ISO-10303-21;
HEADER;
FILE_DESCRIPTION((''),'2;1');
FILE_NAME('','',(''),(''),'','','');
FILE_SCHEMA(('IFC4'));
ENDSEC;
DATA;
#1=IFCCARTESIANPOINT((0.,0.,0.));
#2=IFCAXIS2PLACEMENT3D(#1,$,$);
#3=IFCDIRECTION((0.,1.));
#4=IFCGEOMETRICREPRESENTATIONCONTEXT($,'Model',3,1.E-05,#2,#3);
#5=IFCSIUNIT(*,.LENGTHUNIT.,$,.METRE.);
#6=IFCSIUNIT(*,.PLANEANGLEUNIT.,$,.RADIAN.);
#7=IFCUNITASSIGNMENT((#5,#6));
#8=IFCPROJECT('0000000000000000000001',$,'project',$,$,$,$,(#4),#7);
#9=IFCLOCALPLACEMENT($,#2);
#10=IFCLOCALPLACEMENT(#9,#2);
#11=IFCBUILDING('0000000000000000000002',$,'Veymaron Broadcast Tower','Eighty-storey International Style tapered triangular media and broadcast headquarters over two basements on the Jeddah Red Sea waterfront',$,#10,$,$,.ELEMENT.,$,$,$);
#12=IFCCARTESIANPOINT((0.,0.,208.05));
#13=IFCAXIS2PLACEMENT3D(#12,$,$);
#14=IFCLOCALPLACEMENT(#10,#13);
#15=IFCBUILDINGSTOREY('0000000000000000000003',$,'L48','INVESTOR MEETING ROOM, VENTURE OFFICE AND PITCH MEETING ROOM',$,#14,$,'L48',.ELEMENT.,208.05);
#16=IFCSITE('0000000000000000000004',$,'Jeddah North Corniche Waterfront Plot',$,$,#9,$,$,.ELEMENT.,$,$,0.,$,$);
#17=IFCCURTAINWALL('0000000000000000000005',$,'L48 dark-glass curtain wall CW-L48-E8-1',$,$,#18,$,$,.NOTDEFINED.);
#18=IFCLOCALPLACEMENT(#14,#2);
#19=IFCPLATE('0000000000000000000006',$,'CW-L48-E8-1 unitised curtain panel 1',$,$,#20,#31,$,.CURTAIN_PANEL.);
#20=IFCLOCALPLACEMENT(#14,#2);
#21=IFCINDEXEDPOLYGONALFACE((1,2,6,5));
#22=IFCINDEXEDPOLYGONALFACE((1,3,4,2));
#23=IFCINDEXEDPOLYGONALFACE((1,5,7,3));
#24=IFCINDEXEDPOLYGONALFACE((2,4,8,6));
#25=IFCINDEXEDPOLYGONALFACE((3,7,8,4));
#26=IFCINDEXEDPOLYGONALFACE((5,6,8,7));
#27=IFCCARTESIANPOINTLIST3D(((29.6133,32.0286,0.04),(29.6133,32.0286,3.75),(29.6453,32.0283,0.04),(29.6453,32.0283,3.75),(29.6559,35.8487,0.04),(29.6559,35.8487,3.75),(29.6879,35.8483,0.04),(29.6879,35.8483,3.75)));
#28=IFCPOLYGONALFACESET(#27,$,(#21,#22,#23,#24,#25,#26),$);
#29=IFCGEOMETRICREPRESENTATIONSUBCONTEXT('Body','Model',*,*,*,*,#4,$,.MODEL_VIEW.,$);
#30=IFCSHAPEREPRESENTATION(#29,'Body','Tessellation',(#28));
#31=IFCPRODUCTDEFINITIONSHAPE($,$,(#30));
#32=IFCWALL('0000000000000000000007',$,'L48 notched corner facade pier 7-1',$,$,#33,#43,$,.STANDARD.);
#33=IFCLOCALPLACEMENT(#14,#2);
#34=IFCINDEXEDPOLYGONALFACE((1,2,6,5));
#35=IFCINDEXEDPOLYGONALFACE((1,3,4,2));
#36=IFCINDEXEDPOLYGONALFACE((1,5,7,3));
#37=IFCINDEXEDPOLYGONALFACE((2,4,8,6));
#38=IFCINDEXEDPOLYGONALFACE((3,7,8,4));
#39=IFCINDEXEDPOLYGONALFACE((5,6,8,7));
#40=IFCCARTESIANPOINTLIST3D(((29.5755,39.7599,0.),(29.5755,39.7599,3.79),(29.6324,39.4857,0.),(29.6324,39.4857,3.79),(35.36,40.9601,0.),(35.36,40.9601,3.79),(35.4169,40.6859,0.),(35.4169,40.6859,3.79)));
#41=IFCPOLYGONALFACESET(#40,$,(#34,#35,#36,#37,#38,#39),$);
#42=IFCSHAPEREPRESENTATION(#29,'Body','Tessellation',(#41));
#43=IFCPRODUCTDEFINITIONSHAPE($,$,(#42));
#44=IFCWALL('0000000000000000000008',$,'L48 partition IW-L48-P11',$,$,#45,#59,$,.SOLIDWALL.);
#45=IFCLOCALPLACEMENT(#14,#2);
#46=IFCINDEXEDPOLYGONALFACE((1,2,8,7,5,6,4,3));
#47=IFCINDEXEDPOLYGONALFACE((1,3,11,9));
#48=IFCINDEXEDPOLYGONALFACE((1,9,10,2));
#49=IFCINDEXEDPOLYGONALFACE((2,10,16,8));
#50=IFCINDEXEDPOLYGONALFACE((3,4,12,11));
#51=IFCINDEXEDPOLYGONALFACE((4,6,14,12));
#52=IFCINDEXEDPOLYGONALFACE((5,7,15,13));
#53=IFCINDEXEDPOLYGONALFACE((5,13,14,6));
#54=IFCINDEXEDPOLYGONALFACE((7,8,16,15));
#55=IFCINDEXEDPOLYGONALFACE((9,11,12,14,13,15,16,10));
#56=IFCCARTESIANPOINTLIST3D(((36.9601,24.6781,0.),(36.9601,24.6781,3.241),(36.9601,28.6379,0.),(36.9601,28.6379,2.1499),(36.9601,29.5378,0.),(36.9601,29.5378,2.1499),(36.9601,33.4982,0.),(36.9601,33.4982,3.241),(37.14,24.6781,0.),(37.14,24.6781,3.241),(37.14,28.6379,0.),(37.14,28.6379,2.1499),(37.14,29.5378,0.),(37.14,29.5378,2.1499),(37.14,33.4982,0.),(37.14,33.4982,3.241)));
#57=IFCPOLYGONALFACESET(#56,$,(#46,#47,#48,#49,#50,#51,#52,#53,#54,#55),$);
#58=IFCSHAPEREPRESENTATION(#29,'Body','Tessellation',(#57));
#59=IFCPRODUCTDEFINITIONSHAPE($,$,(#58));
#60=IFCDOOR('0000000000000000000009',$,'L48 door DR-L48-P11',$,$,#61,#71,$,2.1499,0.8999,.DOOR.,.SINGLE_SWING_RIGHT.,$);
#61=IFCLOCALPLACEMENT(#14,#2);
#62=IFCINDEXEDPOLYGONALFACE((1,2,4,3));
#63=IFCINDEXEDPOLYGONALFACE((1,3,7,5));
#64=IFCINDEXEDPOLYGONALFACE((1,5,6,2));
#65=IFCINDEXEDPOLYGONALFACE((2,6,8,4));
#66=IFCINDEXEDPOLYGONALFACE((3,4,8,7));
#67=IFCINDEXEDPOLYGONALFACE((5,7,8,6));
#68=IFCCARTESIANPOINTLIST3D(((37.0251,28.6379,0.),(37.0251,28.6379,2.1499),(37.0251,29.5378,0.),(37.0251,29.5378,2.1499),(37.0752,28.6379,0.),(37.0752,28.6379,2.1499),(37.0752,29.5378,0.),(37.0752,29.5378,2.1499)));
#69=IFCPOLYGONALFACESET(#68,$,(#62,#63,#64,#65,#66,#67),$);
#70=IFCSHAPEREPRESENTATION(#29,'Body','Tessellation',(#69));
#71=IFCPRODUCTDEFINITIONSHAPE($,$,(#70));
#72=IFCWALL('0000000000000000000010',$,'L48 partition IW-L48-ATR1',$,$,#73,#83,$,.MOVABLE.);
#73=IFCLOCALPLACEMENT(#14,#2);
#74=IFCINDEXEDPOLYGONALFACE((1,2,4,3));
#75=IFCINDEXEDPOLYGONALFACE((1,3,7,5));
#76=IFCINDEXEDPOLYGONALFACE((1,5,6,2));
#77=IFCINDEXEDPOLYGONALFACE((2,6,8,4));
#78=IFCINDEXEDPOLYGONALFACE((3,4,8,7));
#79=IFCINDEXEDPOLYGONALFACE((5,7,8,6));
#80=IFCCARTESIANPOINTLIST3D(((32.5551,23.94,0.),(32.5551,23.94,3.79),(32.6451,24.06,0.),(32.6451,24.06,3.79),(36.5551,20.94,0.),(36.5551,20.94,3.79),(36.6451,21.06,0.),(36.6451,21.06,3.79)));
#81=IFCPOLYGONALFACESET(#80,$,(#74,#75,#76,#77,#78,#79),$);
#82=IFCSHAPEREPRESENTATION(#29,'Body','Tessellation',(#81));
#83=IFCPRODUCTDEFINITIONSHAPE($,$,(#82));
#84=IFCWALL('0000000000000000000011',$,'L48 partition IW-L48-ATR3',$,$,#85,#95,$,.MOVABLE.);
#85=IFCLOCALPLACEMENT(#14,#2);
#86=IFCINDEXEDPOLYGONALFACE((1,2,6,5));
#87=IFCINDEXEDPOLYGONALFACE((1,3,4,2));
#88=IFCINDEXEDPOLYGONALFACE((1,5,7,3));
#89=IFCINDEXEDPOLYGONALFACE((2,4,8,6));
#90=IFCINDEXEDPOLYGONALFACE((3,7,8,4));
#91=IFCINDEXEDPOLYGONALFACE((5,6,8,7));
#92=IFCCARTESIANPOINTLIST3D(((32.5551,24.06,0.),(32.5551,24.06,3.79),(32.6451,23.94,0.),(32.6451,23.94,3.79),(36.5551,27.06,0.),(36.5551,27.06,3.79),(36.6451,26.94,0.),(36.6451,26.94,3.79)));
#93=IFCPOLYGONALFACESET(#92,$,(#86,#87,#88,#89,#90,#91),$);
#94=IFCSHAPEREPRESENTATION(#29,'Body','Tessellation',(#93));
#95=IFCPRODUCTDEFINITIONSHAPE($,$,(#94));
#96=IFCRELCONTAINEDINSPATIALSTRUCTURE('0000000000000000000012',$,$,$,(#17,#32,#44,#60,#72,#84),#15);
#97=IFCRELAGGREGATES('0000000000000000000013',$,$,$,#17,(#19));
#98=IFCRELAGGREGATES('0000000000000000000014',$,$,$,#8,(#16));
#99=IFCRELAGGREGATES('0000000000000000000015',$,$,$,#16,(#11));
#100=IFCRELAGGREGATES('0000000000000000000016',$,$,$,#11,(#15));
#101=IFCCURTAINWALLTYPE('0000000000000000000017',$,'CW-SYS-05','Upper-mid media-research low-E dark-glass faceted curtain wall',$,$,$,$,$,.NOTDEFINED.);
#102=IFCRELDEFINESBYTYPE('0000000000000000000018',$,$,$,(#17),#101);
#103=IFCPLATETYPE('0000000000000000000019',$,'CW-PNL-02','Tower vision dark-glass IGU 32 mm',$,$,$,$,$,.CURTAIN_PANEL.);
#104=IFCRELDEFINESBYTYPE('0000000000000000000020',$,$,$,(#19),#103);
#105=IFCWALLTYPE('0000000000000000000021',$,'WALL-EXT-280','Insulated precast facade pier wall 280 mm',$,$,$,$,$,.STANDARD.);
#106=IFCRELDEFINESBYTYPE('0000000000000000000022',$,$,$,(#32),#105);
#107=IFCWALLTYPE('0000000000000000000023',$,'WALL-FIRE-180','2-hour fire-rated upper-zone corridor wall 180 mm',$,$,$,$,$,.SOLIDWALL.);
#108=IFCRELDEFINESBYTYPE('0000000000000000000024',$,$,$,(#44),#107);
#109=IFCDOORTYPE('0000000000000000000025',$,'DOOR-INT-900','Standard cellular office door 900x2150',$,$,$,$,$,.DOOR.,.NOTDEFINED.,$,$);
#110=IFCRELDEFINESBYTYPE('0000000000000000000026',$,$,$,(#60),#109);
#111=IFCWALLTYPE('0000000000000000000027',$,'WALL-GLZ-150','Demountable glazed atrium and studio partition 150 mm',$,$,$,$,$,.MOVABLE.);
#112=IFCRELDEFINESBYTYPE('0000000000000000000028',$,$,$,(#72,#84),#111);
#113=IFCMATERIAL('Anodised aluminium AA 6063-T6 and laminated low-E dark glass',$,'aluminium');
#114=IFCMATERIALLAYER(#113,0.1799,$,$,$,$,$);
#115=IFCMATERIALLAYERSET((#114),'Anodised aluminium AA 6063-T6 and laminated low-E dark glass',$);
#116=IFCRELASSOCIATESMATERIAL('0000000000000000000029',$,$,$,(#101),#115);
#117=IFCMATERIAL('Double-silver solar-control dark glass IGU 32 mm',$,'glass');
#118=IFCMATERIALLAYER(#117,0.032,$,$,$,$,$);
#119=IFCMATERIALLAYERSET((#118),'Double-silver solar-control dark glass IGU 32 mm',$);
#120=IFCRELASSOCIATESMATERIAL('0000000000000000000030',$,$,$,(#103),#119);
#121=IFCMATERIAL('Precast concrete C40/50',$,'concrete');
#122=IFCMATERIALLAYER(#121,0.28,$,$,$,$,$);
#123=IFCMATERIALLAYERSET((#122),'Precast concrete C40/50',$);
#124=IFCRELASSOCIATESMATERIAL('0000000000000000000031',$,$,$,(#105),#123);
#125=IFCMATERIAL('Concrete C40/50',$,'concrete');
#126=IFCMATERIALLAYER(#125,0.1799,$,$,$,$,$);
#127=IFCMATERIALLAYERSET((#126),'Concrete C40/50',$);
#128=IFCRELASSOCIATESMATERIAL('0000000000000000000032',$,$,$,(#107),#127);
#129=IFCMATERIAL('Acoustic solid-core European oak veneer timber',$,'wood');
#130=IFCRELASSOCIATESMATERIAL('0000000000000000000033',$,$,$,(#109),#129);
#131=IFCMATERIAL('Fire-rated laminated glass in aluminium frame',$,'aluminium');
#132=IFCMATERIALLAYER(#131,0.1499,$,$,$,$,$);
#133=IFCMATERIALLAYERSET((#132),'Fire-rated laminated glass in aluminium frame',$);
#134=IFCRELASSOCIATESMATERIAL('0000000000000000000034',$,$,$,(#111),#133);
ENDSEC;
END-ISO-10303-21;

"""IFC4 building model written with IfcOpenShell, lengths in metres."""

from ifc_helpers import new_model, si_unit, direction, frame, frame_2d, origin, origin_2d, place, context, subcontext, project, spatial, rectangle, extrude, material, layer, layer_set, type_object, element, fill, aggregate, save


model = new_model("IFC4")

# Units and contexts
model_context = context("Model", 3, precision=1e-05, world=origin(), true_north=direction((0.0, 1.0)))
body_context = subcontext(model_context, "Body", "Model", "MODEL_VIEW")
ifc_project = project(units=[si_unit("LENGTHUNIT", "METRE"), si_unit("PLANEANGLEUNIT", "RADIAN")], contexts=[model_context])

# Site, building, storey
site_placement = place(None, origin())
site = spatial("IfcSite", under=ifc_project, at=site_placement, Name="Jeddah North Corniche Waterfront Plot", CompositionType="ELEMENT", RefElevation=0.0)
building_placement = place(site_placement, origin())
building = spatial("IfcBuilding", under=site, at=building_placement, Name="Veymaron Broadcast Tower", Description="Eighty-storey International Style tapered triangular media and broadcast headquarters over two basements on the Jeddah Red Sea waterfront", CompositionType="ELEMENT")
storey_placement = place(building_placement, frame((0.0, 0.0, 208.05)))
storey = spatial("IfcBuildingStorey", under=building, at=storey_placement, Name="L48", Description="INVESTOR MEETING ROOM, VENTURE OFFICE AND PITCH MEETING ROOM", LongName="L48", CompositionType="ELEMENT", Elevation=208.05)

# Curtain wall, plate
ifc_material_1 = material(Name="Anodised aluminium AA 6063-T6 and laminated low-E dark glass", Category="aluminium")
ifc_layer_1 = layer(ifc_material_1, 0.1799)
ifc_layer_set_1 = layer_set([ifc_layer_1], Name="Anodised aluminium AA 6063-T6 and laminated low-E dark glass")
curtain_wall_type = type_object("IfcCurtainWallType", Name="CW-SYS-05", Description="Upper-mid media-research low-E dark-glass faceted curtain wall", PredefinedType="NOTDEFINED", material=ifc_layer_set_1)
curtain_wall_placement = place(storey_placement, origin())
curtain_wall = element("IfcCurtainWall", 1, at=curtain_wall_placement, inside=storey, type_object=curtain_wall_type, Name="L48 dark-glass curtain wall CW-L48-E8-1", PredefinedType="NOTDEFINED")
ifc_material_2 = material(Name="Double-silver solar-control dark glass IGU 32 mm", Category="glass")
ifc_layer_2 = layer(ifc_material_2, 0.032)
ifc_layer_set_2 = layer_set([ifc_layer_2], Name="Double-silver solar-control dark glass IGU 32 mm")
plate_type = type_object("IfcPlateType", Name="CW-PNL-02", Description="Tower vision dark-glass IGU 32 mm", PredefinedType="CURTAIN_PANEL", material=ifc_layer_set_2)
plate_1_placement = place(storey_placement, frame((29.6506, 33.9385, 0.04), z_axis=(0.0, 0.0, 1.0), x_axis=(-0.011152, -0.999938, 0.0)))
plate_1 = element("IfcPlate", 2, at=plate_1_placement, type_object=plate_type, Name="CW-L48-E8-1 unitised curtain panel 1", PredefinedType="CURTAIN_PANEL", context=body_context, shape_type="SweptSolid", body=[
    extrude(rectangle(XDim=3.8203, YDim=0.032, at=origin_2d()), origin(), (0.0, 0.0, 1.0), 3.71),
])
aggregate(curtain_wall, [plate_1])

# Wall
ifc_material_3 = material(Name="Precast concrete C40/50", Category="concrete")
ifc_layer_3 = layer(ifc_material_3, 0.28)
ifc_layer_set_3 = layer_set([ifc_layer_3], Name="Precast concrete C40/50")
wall_type_1 = type_object("IfcWallType", Name="WALL-EXT-280", Description="Insulated precast facade pier wall 280 mm", PredefinedType="STANDARD", material=ifc_layer_set_3)
wall_1_placement = place(storey_placement, frame((35.3884, 40.823, 0.0), z_axis=(0.0, 0.0, 1.0), x_axis=(-0.979145, -0.20316, 0.0)))
element("IfcWall", 3, at=wall_1_placement, inside=storey, type_object=wall_type_1, Name="L48 notched corner facade pier 7-1", PredefinedType="STANDARD", context=body_context, shape_type="SweptSolid", body=[
    extrude(rectangle(XDim=5.9077, YDim=0.28, at=frame_2d((2.9539, 0.0))), origin(), (0.0, 0.0, 1.0), 3.79),
])

# Wall, opening, door
ifc_material_4 = material(Name="Concrete C40/50", Category="concrete")
ifc_layer_4 = layer(ifc_material_4, 0.1799)
ifc_layer_set_4 = layer_set([ifc_layer_4], Name="Concrete C40/50")
wall_type_2 = type_object("IfcWallType", Name="WALL-FIRE-180", Description="2-hour fire-rated upper-zone corridor wall 180 mm", PredefinedType="SOLIDWALL", material=ifc_layer_set_4)
wall_2_placement = place(storey_placement, frame((37.05, 24.678, 0.0), z_axis=(0.0, 0.0, 1.0), x_axis=(0.0, 1.0, 0.0)))
wall_2 = element("IfcWall", 4, at=wall_2_placement, inside=storey, type_object=wall_type_2, Name="L48 partition IW-L48-P11", PredefinedType="SOLIDWALL", context=body_context, shape_type="SweptSolid", body=[
    extrude(rectangle(XDim=8.8201, YDim=0.1799, at=frame_2d((4.4102, 0.0))), origin(), (0.0, 0.0, 1.0), 3.241),
])
opening_1_placement = place(wall_2_placement, frame((3.96, 0.0, 0.0)))
opening_1 = element("IfcOpeningElement", 5, at=opening_1_placement, cuts=wall_2, PredefinedType="OPENING", context=body_context, shape_type="SweptSolid", body=[
    extrude(rectangle(XDim=0.8999, YDim=2.1499, at=frame_2d((0.45, 1.075))), frame((0.0, 0.1001, 0.0), z_axis=(0.0, -1.0, 0.0), x_axis=(1.0, 0.0, 0.0)), (0.0, 0.0, 1.0), 0.2),
])
ifc_material_5 = material(Name="Acoustic solid-core European oak veneer timber", Category="wood")
door_type_1 = type_object("IfcDoorType", Name="DOOR-INT-900", Description="Standard cellular office door 900x2150", OperationType="NOTDEFINED", PredefinedType="DOOR", material=ifc_material_5)
door_1_placement = place(opening_1_placement, origin())
door_1 = element("IfcDoor", 6, at=door_1_placement, inside=storey, type_object=door_type_1, Name="L48 door DR-L48-P11", OperationType="SINGLE_SWING_RIGHT", OverallHeight=2.1499, OverallWidth=0.8999, PredefinedType="DOOR", context=body_context, shape_type="SweptSolid", body=[
    extrude(rectangle(XDim=0.8999, YDim=2.1499, at=frame_2d((0.45, 1.075))), frame((0.0, 0.0249, 0.0), z_axis=(0.0, -1.0, 0.0), x_axis=(1.0, 0.0, 0.0)), (0.0, 0.0, 1.0), 0.05),
])
fill(opening_1, door_1)

# Walls
ifc_material_6 = material(Name="Fire-rated laminated glass in aluminium frame", Category="aluminium")
ifc_layer_5 = layer(ifc_material_6, 0.1499)
ifc_layer_set_5 = layer_set([ifc_layer_5], Name="Fire-rated laminated glass in aluminium frame")
wall_type_3 = type_object("IfcWallType", Name="WALL-GLZ-150", Description="Demountable glazed atrium and studio partition 150 mm", PredefinedType="MOVABLE", material=ifc_layer_set_5)
for number, where, z_axis, x_axis, name in (
    (7, (32.6001, 24.0, 0.0), (0.0, 0.0, 1.0), (0.8, -0.6, 0.0), "L48 partition IW-L48-ATR1"),
    (8, (36.6001, 27.0, 0.0), (0.0, 0.0, 1.0), (-0.8, -0.6, 0.0), "L48 partition IW-L48-ATR3"),
):
    element("IfcWall", number, at=place(storey_placement, frame(where, z_axis=z_axis, x_axis=x_axis)), inside=storey, type_object=wall_type_3, Name=name, PredefinedType="MOVABLE", context=body_context, shape_type="SweptSolid", body=[
        extrude(rectangle(XDim=5.0, YDim=0.1499, at=frame_2d((2.5, 0.0))), origin(), (0.0, 0.0, 1.0), 3.79),
    ])

save(model, "model.ifc")
